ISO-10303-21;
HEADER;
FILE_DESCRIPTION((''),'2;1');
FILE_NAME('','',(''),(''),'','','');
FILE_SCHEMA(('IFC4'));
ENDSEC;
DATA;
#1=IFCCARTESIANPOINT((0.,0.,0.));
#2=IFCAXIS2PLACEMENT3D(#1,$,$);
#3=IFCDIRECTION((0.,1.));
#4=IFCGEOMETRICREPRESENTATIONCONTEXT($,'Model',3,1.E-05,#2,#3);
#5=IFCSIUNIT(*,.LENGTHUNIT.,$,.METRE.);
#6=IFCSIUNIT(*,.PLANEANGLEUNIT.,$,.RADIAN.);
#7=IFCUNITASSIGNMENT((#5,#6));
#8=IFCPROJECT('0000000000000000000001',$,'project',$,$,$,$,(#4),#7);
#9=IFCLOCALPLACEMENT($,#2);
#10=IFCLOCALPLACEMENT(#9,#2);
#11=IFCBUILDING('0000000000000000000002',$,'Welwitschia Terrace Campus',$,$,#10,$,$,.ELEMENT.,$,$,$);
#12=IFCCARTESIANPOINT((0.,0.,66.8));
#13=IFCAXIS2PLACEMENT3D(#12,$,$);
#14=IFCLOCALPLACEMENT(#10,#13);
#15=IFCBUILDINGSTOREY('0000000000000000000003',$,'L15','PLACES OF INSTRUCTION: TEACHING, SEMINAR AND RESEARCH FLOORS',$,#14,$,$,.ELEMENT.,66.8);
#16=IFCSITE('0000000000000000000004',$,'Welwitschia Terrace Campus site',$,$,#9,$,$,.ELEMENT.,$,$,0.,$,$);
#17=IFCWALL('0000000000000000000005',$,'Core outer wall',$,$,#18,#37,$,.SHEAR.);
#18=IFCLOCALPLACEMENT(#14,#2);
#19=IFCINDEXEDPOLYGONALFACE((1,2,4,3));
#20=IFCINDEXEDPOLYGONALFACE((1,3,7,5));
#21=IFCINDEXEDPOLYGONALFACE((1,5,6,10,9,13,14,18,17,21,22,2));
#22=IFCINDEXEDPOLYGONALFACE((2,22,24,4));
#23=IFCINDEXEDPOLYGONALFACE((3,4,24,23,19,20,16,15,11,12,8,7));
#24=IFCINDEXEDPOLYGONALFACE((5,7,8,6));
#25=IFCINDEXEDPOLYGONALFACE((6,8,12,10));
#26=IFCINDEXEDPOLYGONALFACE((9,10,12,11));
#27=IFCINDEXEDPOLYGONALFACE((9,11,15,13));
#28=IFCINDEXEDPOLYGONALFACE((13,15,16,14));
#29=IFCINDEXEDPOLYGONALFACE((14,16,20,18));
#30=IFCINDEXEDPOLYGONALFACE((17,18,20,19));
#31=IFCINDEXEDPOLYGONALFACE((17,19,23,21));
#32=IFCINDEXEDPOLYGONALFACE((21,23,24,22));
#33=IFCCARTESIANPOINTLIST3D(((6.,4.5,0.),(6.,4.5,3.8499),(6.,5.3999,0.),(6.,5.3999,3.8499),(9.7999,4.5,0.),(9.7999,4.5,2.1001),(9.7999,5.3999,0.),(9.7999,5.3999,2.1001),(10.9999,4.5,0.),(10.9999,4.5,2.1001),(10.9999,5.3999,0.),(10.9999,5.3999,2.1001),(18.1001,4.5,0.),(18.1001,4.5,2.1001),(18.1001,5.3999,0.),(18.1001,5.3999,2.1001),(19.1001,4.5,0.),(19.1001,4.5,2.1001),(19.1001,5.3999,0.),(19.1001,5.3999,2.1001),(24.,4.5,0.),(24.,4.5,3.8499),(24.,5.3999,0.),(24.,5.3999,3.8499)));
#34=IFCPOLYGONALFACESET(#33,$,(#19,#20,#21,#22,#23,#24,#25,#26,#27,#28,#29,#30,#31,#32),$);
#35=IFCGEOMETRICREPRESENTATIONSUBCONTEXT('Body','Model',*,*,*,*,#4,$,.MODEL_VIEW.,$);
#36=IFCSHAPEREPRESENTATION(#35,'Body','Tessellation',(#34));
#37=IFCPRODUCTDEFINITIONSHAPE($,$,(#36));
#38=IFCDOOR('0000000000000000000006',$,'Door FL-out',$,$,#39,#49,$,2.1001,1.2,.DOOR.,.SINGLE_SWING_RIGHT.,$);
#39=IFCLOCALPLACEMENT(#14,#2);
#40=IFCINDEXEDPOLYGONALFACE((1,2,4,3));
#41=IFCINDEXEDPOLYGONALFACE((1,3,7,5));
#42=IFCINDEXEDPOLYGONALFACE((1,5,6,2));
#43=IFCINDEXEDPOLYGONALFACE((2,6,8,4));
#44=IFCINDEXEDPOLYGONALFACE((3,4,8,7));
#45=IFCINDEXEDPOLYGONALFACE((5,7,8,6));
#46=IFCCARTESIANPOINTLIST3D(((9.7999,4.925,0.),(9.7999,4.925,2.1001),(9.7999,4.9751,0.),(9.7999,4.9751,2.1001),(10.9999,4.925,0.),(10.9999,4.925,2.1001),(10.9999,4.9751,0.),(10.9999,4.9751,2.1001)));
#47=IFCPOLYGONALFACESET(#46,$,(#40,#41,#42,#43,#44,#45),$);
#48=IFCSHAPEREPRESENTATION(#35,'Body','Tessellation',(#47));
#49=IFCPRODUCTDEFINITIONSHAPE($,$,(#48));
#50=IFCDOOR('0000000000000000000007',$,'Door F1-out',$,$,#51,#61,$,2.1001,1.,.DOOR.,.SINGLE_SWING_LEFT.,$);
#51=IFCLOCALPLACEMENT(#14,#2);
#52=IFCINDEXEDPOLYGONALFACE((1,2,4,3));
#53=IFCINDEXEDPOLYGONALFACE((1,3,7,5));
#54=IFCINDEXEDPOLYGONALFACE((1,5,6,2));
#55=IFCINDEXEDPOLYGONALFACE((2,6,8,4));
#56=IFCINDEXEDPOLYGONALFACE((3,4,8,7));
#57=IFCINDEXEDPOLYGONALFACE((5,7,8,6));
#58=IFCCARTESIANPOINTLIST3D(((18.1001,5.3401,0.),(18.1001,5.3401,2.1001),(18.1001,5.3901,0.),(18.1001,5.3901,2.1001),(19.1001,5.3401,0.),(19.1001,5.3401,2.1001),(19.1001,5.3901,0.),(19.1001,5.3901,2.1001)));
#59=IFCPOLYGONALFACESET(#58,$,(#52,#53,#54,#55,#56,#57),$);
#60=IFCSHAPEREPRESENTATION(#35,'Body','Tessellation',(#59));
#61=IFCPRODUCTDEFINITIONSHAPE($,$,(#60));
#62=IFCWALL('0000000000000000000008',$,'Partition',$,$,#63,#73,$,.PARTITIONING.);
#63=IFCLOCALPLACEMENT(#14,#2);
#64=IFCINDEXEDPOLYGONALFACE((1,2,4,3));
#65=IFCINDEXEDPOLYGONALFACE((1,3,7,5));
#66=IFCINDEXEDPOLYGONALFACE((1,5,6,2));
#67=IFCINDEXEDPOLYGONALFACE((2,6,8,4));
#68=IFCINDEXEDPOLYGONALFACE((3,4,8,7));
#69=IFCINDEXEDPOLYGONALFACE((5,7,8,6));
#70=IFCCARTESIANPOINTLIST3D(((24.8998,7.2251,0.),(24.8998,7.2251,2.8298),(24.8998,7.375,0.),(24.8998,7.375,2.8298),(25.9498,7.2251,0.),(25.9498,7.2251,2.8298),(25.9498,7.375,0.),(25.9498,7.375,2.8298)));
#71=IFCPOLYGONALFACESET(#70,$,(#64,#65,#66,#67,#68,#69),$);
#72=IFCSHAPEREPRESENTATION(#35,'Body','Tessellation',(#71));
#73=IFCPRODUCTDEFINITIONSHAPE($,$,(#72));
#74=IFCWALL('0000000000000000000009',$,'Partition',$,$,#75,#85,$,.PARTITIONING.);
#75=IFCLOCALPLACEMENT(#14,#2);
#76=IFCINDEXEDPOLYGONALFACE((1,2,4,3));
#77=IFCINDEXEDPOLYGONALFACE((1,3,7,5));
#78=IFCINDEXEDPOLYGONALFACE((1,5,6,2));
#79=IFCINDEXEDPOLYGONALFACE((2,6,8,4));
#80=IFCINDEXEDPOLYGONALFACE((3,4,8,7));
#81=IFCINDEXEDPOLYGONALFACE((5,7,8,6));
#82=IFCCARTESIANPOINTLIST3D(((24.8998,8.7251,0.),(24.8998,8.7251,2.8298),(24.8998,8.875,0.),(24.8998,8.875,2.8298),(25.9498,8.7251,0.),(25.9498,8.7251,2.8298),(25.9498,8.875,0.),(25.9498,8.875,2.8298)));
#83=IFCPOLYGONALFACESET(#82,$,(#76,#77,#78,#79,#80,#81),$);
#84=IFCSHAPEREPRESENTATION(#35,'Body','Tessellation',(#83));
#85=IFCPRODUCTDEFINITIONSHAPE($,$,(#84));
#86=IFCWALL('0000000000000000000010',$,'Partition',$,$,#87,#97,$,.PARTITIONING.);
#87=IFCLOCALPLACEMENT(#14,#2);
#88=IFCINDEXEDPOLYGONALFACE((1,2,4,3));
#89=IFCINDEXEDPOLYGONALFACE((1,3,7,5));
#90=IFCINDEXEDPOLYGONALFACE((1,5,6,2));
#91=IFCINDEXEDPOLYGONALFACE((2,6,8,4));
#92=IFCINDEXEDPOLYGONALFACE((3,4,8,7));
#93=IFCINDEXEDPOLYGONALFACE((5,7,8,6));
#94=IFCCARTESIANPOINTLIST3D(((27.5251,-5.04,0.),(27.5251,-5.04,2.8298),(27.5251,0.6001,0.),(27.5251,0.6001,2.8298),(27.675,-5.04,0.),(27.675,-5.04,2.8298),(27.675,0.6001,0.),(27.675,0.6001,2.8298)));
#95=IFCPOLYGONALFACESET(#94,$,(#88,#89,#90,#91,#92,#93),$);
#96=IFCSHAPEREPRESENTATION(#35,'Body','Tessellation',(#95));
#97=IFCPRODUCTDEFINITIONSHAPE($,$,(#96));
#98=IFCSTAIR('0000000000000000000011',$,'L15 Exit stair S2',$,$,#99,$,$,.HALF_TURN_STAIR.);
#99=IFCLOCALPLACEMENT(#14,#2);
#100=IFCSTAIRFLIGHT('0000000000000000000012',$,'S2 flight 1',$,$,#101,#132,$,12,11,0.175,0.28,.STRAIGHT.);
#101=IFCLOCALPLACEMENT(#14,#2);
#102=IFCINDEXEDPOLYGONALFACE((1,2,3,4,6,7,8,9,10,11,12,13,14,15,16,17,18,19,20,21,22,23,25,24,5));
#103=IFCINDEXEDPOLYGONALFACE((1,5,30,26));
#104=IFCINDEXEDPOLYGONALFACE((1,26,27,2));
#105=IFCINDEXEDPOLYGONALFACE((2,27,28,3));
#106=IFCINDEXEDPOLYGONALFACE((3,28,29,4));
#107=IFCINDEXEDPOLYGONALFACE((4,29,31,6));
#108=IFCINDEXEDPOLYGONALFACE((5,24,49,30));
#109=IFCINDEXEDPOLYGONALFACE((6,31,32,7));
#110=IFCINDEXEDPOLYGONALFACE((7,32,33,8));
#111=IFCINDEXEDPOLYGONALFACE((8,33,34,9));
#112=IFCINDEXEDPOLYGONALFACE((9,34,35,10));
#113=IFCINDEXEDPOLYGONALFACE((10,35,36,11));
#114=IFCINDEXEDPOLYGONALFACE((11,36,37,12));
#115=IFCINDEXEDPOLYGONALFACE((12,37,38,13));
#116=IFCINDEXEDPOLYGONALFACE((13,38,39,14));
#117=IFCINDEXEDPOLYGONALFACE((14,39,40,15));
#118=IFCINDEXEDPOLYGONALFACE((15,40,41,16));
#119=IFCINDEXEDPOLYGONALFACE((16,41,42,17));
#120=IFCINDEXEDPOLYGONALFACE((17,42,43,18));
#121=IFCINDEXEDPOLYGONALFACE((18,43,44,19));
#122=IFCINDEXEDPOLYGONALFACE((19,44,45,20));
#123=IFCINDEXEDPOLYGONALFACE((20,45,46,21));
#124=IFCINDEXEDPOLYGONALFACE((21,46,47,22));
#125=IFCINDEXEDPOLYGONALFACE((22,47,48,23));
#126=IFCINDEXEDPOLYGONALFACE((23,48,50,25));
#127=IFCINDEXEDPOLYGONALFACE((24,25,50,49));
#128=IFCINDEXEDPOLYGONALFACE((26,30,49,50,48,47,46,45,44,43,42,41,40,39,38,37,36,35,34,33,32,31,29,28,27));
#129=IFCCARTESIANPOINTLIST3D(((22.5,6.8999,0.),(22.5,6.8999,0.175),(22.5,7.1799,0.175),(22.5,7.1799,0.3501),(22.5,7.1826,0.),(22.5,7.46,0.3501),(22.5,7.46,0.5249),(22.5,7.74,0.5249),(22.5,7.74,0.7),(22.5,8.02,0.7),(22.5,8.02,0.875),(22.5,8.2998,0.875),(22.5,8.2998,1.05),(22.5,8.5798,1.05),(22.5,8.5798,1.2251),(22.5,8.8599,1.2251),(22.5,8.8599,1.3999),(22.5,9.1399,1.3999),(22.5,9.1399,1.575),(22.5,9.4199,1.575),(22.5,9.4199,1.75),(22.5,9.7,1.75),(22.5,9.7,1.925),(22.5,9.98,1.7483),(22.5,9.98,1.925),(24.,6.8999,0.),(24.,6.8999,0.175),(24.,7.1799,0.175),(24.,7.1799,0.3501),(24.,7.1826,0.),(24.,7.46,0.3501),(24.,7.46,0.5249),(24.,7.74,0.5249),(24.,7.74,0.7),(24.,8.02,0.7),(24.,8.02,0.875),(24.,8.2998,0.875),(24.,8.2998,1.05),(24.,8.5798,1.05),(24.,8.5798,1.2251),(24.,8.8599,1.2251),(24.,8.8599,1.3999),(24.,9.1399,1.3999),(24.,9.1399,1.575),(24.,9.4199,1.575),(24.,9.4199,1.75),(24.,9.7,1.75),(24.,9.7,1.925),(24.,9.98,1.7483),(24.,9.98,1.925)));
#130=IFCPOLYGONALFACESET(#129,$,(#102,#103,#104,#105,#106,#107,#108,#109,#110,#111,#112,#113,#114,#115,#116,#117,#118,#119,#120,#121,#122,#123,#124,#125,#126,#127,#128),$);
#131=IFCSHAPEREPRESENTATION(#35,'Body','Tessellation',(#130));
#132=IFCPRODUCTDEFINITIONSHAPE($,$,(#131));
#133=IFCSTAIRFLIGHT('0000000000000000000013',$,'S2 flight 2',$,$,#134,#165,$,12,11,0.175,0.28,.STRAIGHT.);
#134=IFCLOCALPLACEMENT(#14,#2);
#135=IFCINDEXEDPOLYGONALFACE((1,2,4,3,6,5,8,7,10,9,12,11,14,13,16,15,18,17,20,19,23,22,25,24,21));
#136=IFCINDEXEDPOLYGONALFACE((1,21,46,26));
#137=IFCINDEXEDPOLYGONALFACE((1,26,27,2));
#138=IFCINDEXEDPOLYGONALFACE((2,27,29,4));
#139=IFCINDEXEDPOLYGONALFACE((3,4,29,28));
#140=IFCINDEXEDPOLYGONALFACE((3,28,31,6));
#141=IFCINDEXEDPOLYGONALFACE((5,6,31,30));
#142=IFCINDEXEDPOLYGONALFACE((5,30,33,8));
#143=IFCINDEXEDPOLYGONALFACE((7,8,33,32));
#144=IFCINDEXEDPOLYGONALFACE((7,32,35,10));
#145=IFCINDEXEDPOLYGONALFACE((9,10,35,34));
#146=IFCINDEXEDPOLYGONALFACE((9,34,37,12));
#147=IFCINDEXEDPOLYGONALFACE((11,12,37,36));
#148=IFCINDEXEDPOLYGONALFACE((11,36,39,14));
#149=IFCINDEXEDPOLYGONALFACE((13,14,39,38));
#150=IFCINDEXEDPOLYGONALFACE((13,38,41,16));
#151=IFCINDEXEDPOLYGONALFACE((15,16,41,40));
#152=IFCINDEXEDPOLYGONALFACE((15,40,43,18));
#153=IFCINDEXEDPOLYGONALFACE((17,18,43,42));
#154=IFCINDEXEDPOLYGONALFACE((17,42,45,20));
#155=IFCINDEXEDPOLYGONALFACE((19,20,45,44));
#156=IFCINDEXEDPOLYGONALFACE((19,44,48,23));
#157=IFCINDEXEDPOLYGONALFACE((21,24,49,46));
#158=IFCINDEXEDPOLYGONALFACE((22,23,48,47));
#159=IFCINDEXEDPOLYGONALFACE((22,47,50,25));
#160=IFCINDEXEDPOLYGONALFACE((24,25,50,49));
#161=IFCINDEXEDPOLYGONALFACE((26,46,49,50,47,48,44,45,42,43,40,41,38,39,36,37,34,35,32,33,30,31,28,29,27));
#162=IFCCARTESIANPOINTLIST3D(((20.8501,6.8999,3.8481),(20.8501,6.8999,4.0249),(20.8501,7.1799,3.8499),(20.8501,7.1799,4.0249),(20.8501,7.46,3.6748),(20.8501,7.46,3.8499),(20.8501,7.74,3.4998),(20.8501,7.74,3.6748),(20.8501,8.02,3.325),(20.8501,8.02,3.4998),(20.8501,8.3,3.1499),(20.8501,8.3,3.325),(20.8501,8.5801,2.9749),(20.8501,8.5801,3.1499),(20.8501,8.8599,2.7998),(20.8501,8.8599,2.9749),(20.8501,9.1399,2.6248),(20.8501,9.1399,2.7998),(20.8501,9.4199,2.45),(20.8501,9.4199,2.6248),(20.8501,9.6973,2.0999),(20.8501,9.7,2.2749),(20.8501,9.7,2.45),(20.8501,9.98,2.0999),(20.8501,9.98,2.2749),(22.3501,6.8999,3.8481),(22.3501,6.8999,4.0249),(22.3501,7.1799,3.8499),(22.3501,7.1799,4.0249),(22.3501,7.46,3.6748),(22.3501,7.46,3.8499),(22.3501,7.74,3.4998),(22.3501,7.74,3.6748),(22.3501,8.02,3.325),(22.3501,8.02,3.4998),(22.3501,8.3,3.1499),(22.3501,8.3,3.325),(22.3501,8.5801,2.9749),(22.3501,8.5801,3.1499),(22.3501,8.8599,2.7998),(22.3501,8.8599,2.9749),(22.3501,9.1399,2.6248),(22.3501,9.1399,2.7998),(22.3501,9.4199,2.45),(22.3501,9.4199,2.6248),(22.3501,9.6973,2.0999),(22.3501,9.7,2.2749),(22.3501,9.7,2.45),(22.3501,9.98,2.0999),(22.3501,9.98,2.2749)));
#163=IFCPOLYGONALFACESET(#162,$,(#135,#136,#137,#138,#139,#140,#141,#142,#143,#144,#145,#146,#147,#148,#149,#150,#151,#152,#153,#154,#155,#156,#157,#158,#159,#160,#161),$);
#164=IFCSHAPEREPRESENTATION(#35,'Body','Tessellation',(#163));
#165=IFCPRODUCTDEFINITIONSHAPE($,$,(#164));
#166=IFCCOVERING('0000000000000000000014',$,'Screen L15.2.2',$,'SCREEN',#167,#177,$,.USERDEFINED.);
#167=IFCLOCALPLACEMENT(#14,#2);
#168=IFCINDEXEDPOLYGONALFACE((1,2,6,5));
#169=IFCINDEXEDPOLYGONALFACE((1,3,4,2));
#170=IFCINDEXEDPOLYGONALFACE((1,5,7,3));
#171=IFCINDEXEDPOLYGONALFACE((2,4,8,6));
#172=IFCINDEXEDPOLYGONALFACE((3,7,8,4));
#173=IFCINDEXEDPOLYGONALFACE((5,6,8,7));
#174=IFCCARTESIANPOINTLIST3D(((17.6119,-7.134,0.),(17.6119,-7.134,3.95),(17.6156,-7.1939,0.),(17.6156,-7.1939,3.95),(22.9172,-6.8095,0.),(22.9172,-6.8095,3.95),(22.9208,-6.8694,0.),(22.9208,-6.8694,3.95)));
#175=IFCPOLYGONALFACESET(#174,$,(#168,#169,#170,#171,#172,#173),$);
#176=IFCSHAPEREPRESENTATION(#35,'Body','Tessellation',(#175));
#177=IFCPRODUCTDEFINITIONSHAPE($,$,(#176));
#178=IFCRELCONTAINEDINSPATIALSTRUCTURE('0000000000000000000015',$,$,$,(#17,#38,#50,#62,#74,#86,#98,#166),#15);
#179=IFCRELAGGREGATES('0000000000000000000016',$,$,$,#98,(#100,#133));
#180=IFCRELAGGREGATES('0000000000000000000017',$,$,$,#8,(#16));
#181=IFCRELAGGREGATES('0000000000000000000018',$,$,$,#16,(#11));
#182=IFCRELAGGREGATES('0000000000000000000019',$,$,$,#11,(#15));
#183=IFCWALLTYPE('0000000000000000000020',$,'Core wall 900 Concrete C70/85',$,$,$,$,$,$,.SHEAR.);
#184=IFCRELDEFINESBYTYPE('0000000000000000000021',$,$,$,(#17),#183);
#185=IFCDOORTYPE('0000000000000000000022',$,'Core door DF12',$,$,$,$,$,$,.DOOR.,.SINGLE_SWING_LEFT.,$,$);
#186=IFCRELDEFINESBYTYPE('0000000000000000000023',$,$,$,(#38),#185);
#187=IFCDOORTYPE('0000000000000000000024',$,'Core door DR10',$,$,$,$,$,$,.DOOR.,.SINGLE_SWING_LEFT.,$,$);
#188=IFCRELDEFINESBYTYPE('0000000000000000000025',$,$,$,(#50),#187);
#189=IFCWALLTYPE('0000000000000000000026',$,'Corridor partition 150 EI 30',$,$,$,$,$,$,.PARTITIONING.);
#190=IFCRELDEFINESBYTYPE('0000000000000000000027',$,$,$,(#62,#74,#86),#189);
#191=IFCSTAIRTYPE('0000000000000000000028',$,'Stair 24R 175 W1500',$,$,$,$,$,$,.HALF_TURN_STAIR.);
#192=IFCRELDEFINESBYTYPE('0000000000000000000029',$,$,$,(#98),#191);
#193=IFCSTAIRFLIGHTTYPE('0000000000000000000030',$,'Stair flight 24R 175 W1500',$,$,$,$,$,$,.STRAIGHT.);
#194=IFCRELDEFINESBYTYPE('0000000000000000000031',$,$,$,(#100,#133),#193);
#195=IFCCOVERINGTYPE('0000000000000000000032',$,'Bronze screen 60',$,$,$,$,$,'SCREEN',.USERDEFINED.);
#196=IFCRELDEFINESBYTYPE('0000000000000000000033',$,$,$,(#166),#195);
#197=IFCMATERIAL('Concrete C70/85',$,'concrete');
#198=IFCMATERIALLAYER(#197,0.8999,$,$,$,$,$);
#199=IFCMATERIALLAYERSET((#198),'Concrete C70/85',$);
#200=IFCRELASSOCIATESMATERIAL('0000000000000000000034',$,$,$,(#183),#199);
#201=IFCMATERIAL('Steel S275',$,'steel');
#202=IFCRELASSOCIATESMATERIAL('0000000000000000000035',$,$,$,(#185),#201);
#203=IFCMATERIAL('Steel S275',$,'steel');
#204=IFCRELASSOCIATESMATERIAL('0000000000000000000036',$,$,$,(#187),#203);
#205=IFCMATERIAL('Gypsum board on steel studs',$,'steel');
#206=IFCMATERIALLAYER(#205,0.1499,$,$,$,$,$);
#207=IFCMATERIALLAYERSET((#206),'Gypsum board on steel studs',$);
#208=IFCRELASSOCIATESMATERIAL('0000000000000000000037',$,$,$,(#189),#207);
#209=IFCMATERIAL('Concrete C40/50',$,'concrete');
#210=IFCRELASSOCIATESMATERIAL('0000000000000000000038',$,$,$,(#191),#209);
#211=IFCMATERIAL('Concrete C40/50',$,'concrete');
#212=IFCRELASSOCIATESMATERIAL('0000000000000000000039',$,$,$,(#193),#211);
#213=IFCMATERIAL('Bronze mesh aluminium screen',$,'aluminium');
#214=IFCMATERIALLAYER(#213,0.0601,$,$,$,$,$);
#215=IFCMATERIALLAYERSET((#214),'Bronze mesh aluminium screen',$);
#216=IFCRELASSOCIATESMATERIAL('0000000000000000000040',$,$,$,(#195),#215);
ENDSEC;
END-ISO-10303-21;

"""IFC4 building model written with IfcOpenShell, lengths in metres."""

from ifc_helpers import new_model, si_unit, direction, frame, frame_2d, origin, origin_2d, place, context, subcontext, project, spatial, polyline, rectangle, outline, extrude, material, layer, layer_set, type_object, element, fill, aggregate, save


model = new_model("IFC4")

# Units and contexts
model_context = context("Model", 3, precision=1e-05, world=origin(), true_north=direction((0.0, 1.0)))
body_context = subcontext(model_context, "Body", "Model", "MODEL_VIEW")
ifc_project = project(units=[si_unit("LENGTHUNIT", "METRE"), si_unit("PLANEANGLEUNIT", "RADIAN")], contexts=[model_context])

# Site, building, storey
site_placement = place(None, origin())
site = spatial("IfcSite", under=ifc_project, at=site_placement, Name="Welwitschia Terrace Campus site", CompositionType="ELEMENT", RefElevation=0.0)
building_placement = place(site_placement, origin())
building = spatial("IfcBuilding", under=site, at=building_placement, Name="Welwitschia Terrace Campus", CompositionType="ELEMENT")
storey_placement = place(building_placement, frame((0.0, 0.0, 66.8)))
storey = spatial("IfcBuildingStorey", under=building, at=storey_placement, Name="L15", Description="PLACES OF INSTRUCTION: TEACHING, SEMINAR AND RESEARCH FLOORS", CompositionType="ELEMENT", Elevation=66.8)

# Wall, openings, doors
ifc_material_1 = material(Name="Concrete C70/85", Category="concrete")
ifc_layer_1 = layer(ifc_material_1, 0.8999)
ifc_layer_set_1 = layer_set([ifc_layer_1], Name="Concrete C70/85")
wall_type_1 = type_object("IfcWallType", Name="Core wall 900 Concrete C70/85", PredefinedType="SHEAR", material=ifc_layer_set_1)
wall_1_placement = place(storey_placement, frame((24.0, 4.95, 0.0), z_axis=(0.0, 0.0, 1.0), x_axis=(-1.0, 0.0, 0.0)))
wall_1 = element("IfcWall", 1, at=wall_1_placement, inside=storey, type_object=wall_type_1, Name="Core outer wall", PredefinedType="SHEAR", context=body_context, shape_type="SweptSolid", body=[
    extrude(rectangle(XDim=18.0, YDim=0.8999, at=frame_2d((9.0, 0.0))), origin(), (0.0, 0.0, 1.0), 3.8499),
])
opening_1_placement = place(wall_1_placement, frame((13.0, 0.0, 0.0)))
opening_1 = element("IfcOpeningElement", 2, at=opening_1_placement, cuts=wall_1, PredefinedType="OPENING", context=body_context, shape_type="SweptSolid", body=[
    extrude(rectangle(XDim=1.2, YDim=2.1001, at=frame_2d((0.6001, 1.05))), frame((0.0, 0.46, 0.0), z_axis=(0.0, -1.0, 0.0), x_axis=(1.0, 0.0, 0.0)), (0.0, 0.0, 1.0), 0.9199),
])
opening_2_placement = place(wall_1_placement, frame((4.8999, 0.0, 0.0)))
opening_2 = element("IfcOpeningElement", 3, at=opening_2_placement, cuts=wall_1, PredefinedType="OPENING", context=body_context, shape_type="SweptSolid", body=[
    extrude(rectangle(XDim=1.0, YDim=2.1001, at=frame_2d((0.5, 1.05))), frame((0.0, 0.46, 0.0), z_axis=(0.0, -1.0, 0.0), x_axis=(1.0, 0.0, 0.0)), (0.0, 0.0, 1.0), 0.9199),
])
ifc_material_2 = material(Name="Steel S275", Category="steel")
door_type_1 = type_object("IfcDoorType", Name="Core door DF12", OperationType="SINGLE_SWING_LEFT", PredefinedType="DOOR", material=ifc_material_2)
door_1_placement = place(opening_1_placement, origin())
door_1 = element("IfcDoor", 4, at=door_1_placement, inside=storey, type_object=door_type_1, Name="Door FL-out", OperationType="SINGLE_SWING_RIGHT", OverallHeight=2.1001, OverallWidth=1.2, PredefinedType="DOOR", context=body_context, shape_type="SweptSolid", body=[
    extrude(rectangle(XDim=1.2, YDim=2.1001, at=frame_2d((0.6001, 1.05))), frame((0.0, 0.0249, 0.0), z_axis=(0.0, -1.0, 0.0), x_axis=(1.0, 0.0, 0.0)), (0.0, 0.0, 1.0), 0.05),
])
fill(opening_1, door_1)
ifc_material_3 = material(Name="Steel S275", Category="steel")
door_type_2 = type_object("IfcDoorType", Name="Core door DR10", OperationType="SINGLE_SWING_LEFT", PredefinedType="DOOR", material=ifc_material_3)
door_2_placement = place(opening_2_placement, origin())
door_2 = element("IfcDoor", 5, at=door_2_placement, inside=storey, type_object=door_type_2, Name="Door F1-out", OperationType="SINGLE_SWING_LEFT", OverallHeight=2.1001, OverallWidth=1.0, PredefinedType="DOOR", context=body_context, shape_type="SweptSolid", body=[
    extrude(rectangle(XDim=1.0, YDim=2.1001, at=frame_2d((0.5, 1.05))), frame((0.0, -0.3901, 0.0), z_axis=(0.0, -1.0, 0.0), x_axis=(1.0, 0.0, 0.0)), (0.0, 0.0, 1.0), 0.05),
])
fill(opening_2, door_2)

# Walls
ifc_material_4 = material(Name="Gypsum board on steel studs", Category="steel")
ifc_layer_2 = layer(ifc_material_4, 0.1499)
ifc_layer_set_2 = layer_set([ifc_layer_2], Name="Gypsum board on steel studs")
wall_type_2 = type_object("IfcWallType", Name="Corridor partition 150 EI 30", PredefinedType="PARTITIONING", material=ifc_layer_set_2)
for number, where, z_axis, x_axis, name in (
    (6, (24.8999, 7.3, 0.0), (0.0, 0.0, 1.0), (1.0, 0.0, 0.0), "Partition"),
    (7, (24.8999, 8.8, 0.0), (0.0, 0.0, 1.0), (1.0, 0.0, 0.0), "Partition"),
):
    element("IfcWall", number, at=place(storey_placement, frame(where, z_axis=z_axis, x_axis=x_axis)), inside=storey, type_object=wall_type_2, Name=name, PredefinedType="PARTITIONING", context=body_context, shape_type="SweptSolid", body=[
        extrude(rectangle(XDim=1.05, YDim=0.1499, at=frame_2d((0.5249, 0.0))), origin(), (0.0, 0.0, 1.0), 2.8298),
    ])
wall_2_placement = place(storey_placement, frame((27.6001, -5.04, 0.0), z_axis=(0.0, 0.0, 1.0), x_axis=(0.0, 1.0, 0.0)))
element("IfcWall", 8, at=wall_2_placement, inside=storey, type_object=wall_type_2, Name="Partition", PredefinedType="PARTITIONING", context=body_context, shape_type="SweptSolid", body=[
    extrude(rectangle(XDim=5.6401, YDim=0.1499, at=frame_2d((2.8201, 0.0))), origin(), (0.0, 0.0, 1.0), 2.8298),
])

# Stair, stair flights
ifc_material_5 = material(Name="Concrete C40/50", Category="concrete")
stair_type = type_object("IfcStairType", Name="Stair 24R 175 W1500", PredefinedType="HALF_TURN_STAIR", material=ifc_material_5)
stair_placement = place(storey_placement, origin())
stair = element("IfcStair", 9, at=stair_placement, inside=storey, type_object=stair_type, Name="L15 Exit stair S2", PredefinedType="HALF_TURN_STAIR")
ifc_material_6 = material(Name="Concrete C40/50", Category="concrete")
stair_flight_type = type_object("IfcStairFlightType", Name="Stair flight 24R 175 W1500", PredefinedType="STRAIGHT", material=ifc_material_6)
stair_flight_1_placement = place(storey_placement, frame((23.25, 6.8999, 0.0), z_axis=(0.0, 0.0, 1.0), x_axis=(0.0, 1.0, 0.0)))
stair_flight_1 = element("IfcStairFlight", 10, at=stair_flight_1_placement, type_object=stair_flight_type, Name="S2 flight 1", NumberOfRisers=12, NumberOfTreads=11, PredefinedType="STRAIGHT", RiserHeight=0.175, TreadLength=0.28, context=body_context, shape_type="SweptSolid", body=[
    extrude(outline(polyline([(0.0, 0.0), (0.0, 0.175), (0.28, 0.175), (0.28, 0.3501), (0.5601, 0.3501), (0.5601, 0.5249), (0.8401, 0.5249), (0.8401, 0.7), (1.1201, 0.7), (1.1201, 0.875), (1.3999, 0.875), (1.3999, 1.05), (1.6799, 1.05), (1.6799, 1.2251), (1.96, 1.2251), (1.96, 1.3999), (2.24, 1.3999), (2.24, 1.575), (2.52, 1.575), (2.52, 1.75), (2.8, 1.75), (2.8, 1.925), (3.0801, 1.925), (3.0801, 2.1001), (3.0801, 1.7483), (0.2827, 0.0), (0.0, 0.0)])), frame((0.0, 0.75, 0.0), z_axis=(0.0, -1.0, 0.0), x_axis=(1.0, 0.0, 0.0)), (0.0, 0.0, 1.0), 1.5),
])
stair_flight_2_placement = place(storey_placement, frame((21.6001, 9.98, 2.0999), z_axis=(0.0, 0.0, 1.0), x_axis=(0.0, -1.0, 0.0)))
stair_flight_2 = element("IfcStairFlight", 11, at=stair_flight_2_placement, type_object=stair_flight_type, Name="S2 flight 2", NumberOfRisers=12, NumberOfTreads=11, PredefinedType="STRAIGHT", RiserHeight=0.175, TreadLength=0.28, context=body_context, shape_type="SweptSolid", body=[
    extrude(outline(polyline([(0.0, 0.0), (0.0, 0.175), (0.28, 0.175), (0.28, 0.3501), (0.5601, 0.3501), (0.5601, 0.5249), (0.8401, 0.5249), (0.8401, 0.7), (1.1201, 0.7), (1.1201, 0.875), (1.3999, 0.875), (1.3999, 1.05), (1.6799, 1.05), (1.6799, 1.2251), (1.96, 1.2251), (1.96, 1.3999), (2.24, 1.3999), (2.24, 1.575), (2.52, 1.575), (2.52, 1.75), (2.8, 1.75), (2.8, 1.925), (3.0801, 1.925), (3.0801, 2.1001), (3.0801, 1.7483), (0.2827, 0.0), (0.0, 0.0)])), frame((0.0, 0.75, 0.0), z_axis=(0.0, -1.0, 0.0), x_axis=(1.0, 0.0, 0.0)), (0.0, 0.0, 1.0), 1.5),
])
aggregate(stair, [stair_flight_1, stair_flight_2])

# Covering
ifc_material_7 = material(Name="Bronze mesh aluminium screen", Category="aluminium")
ifc_layer_3 = layer(ifc_material_7, 0.0601)
ifc_layer_set_3 = layer_set([ifc_layer_3], Name="Bronze mesh aluminium screen")
covering_type = type_object("IfcCoveringType", Name="Bronze screen 60", ElementType="SCREEN", PredefinedType="USERDEFINED", material=ifc_layer_set_3)
for number, where, z_axis, x_axis, name in (
    (12, (20.2664, -7.0017, 0.0), (0.0, 0.0, 1.0), (0.998135, 0.061049, 0.0), "Screen L15.2.2"),
):
    element("IfcCovering", number, at=place(storey_placement, frame(where, z_axis=z_axis, x_axis=x_axis)), inside=storey, type_object=covering_type, Name=name, ObjectType="SCREEN", PredefinedType="USERDEFINED", context=body_context, shape_type="SweptSolid", body=[
        extrude(rectangle(XDim=5.3152, YDim=0.0601, at=origin_2d()), origin(), (0.0, 0.0, 1.0), 3.95),
    ])

save(model, "model.ifc")
